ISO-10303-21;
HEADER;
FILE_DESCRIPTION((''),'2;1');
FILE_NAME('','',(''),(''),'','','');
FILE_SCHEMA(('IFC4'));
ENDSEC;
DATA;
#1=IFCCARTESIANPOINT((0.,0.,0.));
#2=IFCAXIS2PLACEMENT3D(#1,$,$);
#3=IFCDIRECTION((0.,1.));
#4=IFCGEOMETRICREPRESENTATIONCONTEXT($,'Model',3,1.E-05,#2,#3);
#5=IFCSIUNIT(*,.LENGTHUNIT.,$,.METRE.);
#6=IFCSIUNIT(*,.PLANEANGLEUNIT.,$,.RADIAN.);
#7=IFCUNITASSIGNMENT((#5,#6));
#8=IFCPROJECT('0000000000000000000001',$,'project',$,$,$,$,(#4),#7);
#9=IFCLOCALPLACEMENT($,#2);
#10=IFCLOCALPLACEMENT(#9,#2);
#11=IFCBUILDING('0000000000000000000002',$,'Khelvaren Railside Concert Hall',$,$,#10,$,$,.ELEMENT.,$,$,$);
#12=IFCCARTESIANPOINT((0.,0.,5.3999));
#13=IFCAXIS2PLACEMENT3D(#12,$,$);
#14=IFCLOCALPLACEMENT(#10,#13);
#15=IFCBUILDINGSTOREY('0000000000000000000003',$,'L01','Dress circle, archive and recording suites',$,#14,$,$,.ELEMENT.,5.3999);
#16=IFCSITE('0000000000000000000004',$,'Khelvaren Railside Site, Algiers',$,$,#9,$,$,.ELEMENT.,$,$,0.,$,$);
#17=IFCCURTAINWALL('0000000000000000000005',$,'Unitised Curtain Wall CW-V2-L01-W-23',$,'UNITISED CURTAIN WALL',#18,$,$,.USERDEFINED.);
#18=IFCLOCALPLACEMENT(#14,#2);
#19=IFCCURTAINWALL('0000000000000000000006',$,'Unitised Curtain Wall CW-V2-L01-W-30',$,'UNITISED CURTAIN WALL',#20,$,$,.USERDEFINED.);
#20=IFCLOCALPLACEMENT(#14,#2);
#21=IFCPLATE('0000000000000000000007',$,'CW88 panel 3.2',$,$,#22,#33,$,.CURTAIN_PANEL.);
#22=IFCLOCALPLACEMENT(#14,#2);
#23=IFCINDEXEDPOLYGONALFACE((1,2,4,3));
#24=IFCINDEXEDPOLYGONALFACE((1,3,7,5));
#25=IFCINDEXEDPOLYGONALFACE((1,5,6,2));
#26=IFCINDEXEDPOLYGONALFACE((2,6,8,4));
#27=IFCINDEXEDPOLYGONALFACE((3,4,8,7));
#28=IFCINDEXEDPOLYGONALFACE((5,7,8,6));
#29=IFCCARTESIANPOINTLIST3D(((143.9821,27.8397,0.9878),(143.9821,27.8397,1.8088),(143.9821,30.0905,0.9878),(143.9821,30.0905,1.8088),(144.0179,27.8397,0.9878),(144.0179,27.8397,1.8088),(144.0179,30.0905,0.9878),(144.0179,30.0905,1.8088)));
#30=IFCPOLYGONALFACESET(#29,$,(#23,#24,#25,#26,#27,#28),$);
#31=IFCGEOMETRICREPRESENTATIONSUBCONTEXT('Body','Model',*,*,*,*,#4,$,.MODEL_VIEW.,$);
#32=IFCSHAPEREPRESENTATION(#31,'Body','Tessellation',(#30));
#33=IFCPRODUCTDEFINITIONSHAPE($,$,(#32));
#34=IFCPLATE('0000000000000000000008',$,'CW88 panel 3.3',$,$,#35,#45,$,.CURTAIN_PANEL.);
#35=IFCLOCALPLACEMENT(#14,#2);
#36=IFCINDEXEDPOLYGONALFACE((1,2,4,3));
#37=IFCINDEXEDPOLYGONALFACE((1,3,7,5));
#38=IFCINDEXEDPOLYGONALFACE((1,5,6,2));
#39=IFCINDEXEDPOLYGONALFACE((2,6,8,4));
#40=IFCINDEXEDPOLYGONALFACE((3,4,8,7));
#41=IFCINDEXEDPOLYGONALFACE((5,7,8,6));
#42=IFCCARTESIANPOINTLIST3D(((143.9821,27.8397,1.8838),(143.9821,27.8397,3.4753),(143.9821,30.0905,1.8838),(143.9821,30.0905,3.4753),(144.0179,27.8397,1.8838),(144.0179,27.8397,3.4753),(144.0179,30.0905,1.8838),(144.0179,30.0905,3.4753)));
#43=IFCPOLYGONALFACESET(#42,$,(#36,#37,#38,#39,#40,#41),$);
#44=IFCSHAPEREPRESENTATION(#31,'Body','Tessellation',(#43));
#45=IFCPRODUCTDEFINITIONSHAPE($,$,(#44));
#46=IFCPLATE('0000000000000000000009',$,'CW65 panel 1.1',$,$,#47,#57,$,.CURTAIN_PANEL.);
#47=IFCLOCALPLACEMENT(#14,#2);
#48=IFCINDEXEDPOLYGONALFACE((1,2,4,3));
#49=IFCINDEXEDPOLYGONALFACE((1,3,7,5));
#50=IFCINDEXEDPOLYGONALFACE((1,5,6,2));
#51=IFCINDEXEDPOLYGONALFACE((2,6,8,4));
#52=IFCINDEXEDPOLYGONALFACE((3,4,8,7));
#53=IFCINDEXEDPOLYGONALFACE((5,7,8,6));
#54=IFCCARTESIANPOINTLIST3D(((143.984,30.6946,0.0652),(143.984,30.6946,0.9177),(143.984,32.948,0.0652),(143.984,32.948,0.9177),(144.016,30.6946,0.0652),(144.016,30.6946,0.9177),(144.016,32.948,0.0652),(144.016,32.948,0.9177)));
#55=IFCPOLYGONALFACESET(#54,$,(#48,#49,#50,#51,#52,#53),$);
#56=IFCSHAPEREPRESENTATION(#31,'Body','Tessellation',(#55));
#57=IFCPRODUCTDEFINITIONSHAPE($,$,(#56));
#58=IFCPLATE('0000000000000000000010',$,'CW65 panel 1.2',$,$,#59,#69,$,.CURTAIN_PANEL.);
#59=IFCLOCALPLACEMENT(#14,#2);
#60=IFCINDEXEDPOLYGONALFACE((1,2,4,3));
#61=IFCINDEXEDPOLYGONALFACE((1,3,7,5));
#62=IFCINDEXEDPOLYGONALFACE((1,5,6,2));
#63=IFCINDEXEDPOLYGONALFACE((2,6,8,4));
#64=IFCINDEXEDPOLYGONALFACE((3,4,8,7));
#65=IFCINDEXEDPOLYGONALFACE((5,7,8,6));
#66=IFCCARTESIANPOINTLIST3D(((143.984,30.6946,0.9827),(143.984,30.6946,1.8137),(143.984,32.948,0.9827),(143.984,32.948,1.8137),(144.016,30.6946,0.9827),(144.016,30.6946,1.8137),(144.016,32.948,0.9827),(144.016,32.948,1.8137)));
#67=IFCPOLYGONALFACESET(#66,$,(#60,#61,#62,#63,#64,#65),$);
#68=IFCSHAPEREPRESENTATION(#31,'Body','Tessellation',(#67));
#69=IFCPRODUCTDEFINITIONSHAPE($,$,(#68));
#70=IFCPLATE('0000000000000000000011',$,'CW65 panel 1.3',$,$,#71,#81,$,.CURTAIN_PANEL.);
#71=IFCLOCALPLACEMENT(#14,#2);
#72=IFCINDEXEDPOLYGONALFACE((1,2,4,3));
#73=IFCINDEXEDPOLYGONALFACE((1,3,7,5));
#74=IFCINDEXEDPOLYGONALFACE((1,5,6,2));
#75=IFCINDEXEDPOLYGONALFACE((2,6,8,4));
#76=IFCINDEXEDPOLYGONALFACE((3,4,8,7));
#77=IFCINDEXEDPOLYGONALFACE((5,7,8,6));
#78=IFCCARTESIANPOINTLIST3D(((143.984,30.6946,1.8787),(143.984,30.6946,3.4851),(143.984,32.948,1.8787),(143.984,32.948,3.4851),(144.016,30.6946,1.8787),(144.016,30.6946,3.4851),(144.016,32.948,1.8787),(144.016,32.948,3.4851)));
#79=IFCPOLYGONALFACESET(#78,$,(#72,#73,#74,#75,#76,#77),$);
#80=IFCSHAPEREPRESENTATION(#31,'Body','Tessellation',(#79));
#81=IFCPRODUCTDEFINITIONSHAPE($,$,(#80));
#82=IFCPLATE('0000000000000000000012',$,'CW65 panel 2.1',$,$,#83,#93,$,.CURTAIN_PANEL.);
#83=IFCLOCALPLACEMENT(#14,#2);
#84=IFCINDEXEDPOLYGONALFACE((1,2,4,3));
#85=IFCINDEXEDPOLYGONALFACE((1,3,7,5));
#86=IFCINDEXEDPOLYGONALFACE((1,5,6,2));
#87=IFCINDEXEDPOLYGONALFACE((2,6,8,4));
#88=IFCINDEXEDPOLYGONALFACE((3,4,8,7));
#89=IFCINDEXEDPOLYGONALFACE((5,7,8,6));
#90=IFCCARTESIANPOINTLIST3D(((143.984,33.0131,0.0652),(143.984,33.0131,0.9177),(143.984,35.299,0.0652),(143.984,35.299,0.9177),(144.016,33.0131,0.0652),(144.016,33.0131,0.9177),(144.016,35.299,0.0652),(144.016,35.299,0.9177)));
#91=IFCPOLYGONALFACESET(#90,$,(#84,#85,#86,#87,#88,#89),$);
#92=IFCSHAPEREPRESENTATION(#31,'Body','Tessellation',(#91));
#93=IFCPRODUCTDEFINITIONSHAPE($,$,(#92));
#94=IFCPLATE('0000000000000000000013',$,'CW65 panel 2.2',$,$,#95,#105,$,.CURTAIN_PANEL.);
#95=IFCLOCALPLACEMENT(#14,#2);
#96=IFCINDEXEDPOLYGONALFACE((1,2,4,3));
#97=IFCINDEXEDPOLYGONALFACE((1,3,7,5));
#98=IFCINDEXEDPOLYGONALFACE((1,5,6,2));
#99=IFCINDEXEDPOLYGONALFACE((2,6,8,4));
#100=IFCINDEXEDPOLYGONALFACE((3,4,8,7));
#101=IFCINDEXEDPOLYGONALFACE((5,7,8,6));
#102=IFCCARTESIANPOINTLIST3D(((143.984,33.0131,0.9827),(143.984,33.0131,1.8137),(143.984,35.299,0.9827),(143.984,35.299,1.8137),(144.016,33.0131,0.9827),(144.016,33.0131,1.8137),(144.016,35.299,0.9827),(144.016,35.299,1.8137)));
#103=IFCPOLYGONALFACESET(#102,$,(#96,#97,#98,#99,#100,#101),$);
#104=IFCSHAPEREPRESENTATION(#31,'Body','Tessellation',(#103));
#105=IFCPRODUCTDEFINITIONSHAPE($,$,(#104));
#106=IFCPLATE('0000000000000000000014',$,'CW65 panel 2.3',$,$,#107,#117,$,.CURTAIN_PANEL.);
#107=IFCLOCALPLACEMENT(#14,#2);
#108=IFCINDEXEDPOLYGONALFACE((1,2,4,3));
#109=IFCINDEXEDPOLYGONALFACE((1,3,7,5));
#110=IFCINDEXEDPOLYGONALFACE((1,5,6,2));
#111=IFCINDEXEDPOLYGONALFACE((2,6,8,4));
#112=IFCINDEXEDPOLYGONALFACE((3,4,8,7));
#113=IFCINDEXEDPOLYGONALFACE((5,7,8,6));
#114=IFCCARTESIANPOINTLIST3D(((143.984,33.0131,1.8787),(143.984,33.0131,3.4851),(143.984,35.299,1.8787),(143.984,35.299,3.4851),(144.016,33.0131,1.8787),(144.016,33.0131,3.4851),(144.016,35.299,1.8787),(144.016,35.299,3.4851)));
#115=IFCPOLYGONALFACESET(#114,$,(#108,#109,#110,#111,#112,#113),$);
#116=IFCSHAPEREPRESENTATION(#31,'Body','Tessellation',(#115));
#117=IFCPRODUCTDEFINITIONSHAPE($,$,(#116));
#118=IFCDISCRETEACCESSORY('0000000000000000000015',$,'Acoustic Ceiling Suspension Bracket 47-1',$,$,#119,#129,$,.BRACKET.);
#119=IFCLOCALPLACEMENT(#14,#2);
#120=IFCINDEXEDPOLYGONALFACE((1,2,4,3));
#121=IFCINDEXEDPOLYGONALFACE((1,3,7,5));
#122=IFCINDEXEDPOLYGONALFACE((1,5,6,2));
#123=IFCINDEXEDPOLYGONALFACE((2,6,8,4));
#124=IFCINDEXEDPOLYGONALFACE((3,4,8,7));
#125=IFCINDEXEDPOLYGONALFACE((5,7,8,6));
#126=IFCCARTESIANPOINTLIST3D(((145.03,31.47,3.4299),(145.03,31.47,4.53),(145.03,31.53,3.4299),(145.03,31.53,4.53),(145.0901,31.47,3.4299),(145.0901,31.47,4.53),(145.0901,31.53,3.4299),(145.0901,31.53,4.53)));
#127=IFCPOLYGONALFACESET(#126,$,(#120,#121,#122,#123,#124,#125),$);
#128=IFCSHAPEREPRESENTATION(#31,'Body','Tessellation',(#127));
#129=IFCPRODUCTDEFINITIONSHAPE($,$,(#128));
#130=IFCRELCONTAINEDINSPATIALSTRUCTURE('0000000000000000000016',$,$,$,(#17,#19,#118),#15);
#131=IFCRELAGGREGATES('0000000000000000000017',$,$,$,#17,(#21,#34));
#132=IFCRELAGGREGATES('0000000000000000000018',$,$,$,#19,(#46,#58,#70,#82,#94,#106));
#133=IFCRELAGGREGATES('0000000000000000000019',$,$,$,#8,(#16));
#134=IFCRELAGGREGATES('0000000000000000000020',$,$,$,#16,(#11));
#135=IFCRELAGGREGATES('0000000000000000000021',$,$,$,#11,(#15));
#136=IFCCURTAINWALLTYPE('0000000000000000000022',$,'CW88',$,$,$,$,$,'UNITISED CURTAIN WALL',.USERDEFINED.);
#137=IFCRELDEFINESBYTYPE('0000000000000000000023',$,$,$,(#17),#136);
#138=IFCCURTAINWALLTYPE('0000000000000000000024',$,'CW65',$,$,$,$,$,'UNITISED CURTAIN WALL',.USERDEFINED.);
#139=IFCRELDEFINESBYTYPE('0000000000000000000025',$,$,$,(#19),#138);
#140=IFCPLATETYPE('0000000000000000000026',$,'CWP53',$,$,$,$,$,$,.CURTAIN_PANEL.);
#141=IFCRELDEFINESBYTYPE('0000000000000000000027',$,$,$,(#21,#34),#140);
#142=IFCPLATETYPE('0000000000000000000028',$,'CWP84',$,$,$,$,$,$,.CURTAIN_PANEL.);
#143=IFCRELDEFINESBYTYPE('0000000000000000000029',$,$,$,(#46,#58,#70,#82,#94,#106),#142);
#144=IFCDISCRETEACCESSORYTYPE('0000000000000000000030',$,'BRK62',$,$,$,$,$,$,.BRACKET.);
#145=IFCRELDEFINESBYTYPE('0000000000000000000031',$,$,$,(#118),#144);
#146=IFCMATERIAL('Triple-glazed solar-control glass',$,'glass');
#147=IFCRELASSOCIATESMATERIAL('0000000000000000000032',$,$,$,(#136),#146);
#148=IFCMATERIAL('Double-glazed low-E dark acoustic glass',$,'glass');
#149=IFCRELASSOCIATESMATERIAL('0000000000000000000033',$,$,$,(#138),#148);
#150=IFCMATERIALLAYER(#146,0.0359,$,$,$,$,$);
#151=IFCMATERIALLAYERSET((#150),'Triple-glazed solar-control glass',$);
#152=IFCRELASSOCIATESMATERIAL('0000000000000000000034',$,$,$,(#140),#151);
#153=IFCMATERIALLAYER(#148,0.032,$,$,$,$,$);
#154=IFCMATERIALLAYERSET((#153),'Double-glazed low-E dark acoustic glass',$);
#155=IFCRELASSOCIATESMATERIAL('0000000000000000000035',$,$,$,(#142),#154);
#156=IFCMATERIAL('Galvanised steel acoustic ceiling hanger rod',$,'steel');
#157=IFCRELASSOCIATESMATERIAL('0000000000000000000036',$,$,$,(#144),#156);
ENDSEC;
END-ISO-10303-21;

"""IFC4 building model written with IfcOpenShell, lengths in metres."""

from ifc_helpers import new_model, si_unit, direction, frame, origin, origin_2d, place, context, subcontext, project, spatial, rectangle, extrude, material, layer, layer_set, type_object, element, aggregate, save


model = new_model("IFC4")

# Units and contexts
model_context = context("Model", 3, precision=1e-05, world=origin(), true_north=direction((0.0, 1.0)))
body_context = subcontext(model_context, "Body", "Model", "MODEL_VIEW")
ifc_project = project(units=[si_unit("LENGTHUNIT", "METRE"), si_unit("PLANEANGLEUNIT", "RADIAN")], contexts=[model_context])

# Site, building, storey
site_placement = place(None, origin())
site = spatial("IfcSite", under=ifc_project, at=site_placement, Name="Khelvaren Railside Site, Algiers", CompositionType="ELEMENT", RefElevation=0.0)
building_placement = place(site_placement, origin())
building = spatial("IfcBuilding", under=site, at=building_placement, Name="Khelvaren Railside Concert Hall", CompositionType="ELEMENT")
storey_placement = place(building_placement, frame((0.0, 0.0, 5.3999)))
storey = spatial("IfcBuildingStorey", under=building, at=storey_placement, Name="L01", Description="Dress circle, archive and recording suites", CompositionType="ELEMENT", Elevation=5.3999)

# Curtain wall
ifc_material_1 = material(Name="Triple-glazed solar-control glass", Category="glass")
curtain_wall_type_1 = type_object("IfcCurtainWallType", Name="CW88", ElementType="UNITISED CURTAIN WALL", PredefinedType="USERDEFINED", material=ifc_material_1)
curtain_wall_1_placement = place(storey_placement, origin())
curtain_wall_1 = element("IfcCurtainWall", 1, at=curtain_wall_1_placement, inside=storey, type_object=curtain_wall_type_1, Name="Unitised Curtain Wall CW-V2-L01-W-23", ObjectType="UNITISED CURTAIN WALL", PredefinedType="USERDEFINED")

# Curtain wall
ifc_material_2 = material(Name="Double-glazed low-E dark acoustic glass", Category="glass")
curtain_wall_type_2 = type_object("IfcCurtainWallType", Name="CW65", ElementType="UNITISED CURTAIN WALL", PredefinedType="USERDEFINED", material=ifc_material_2)
curtain_wall_2_placement = place(storey_placement, origin())
curtain_wall_2 = element("IfcCurtainWall", 2, at=curtain_wall_2_placement, inside=storey, type_object=curtain_wall_type_2, Name="Unitised Curtain Wall CW-V2-L01-W-30", ObjectType="UNITISED CURTAIN WALL", PredefinedType="USERDEFINED")

# Plates
ifc_layer_1 = layer(ifc_material_1, 0.0359)
ifc_layer_set_1 = layer_set([ifc_layer_1], Name="Triple-glazed solar-control glass")
plate_type_1 = type_object("IfcPlateType", Name="CWP53", PredefinedType="CURTAIN_PANEL", material=ifc_layer_set_1)
plate_1_placement = place(storey_placement, frame((144.0, 28.9651, 0.9878), z_axis=(0.0, 0.0, 1.0), x_axis=(0.0, 1.0, 0.0)))
plate_1 = element("IfcPlate", 3, at=plate_1_placement, type_object=plate_type_1, Name="CW88 panel 3.2", PredefinedType="CURTAIN_PANEL", context=body_context, shape_type="SweptSolid", body=[
    extrude(rectangle(XDim=2.2507, YDim=0.0359, at=origin_2d()), origin(), (0.0, 0.0, 1.0), 0.821),
])
plate_2_placement = place(storey_placement, frame((144.0, 28.9651, 1.8838), z_axis=(0.0, 0.0, 1.0), x_axis=(0.0, 1.0, 0.0)))
plate_2 = element("IfcPlate", 4, at=plate_2_placement, type_object=plate_type_1, Name="CW88 panel 3.3", PredefinedType="CURTAIN_PANEL", context=body_context, shape_type="SweptSolid", body=[
    extrude(rectangle(XDim=2.2507, YDim=0.0359, at=origin_2d()), origin(), (0.0, 0.0, 1.0), 1.5916),
])
aggregate(curtain_wall_1, [plate_1, plate_2])
ifc_layer_2 = layer(ifc_material_2, 0.032)
ifc_layer_set_2 = layer_set([ifc_layer_2], Name="Double-glazed low-E dark acoustic glass")
plate_type_2 = type_object("IfcPlateType", Name="CWP84", PredefinedType="CURTAIN_PANEL", material=ifc_layer_set_2)
plate_3_placement = place(storey_placement, frame((144.0, 31.8213, 0.0652), z_axis=(0.0, 0.0, 1.0), x_axis=(0.0, 1.0, 0.0)))
plate_3 = element("IfcPlate", 5, at=plate_3_placement, type_object=plate_type_2, Name="CW65 panel 1.1", PredefinedType="CURTAIN_PANEL", context=body_context, shape_type="SweptSolid", body=[
    extrude(rectangle(XDim=2.2534, YDim=0.032, at=origin_2d()), origin(), (0.0, 0.0, 1.0), 0.8525),
])
plate_4_placement = place(storey_placement, frame((144.0, 31.8213, 0.9827), z_axis=(0.0, 0.0, 1.0), x_axis=(0.0, 1.0, 0.0)))
plate_4 = element("IfcPlate", 6, at=plate_4_placement, type_object=plate_type_2, Name="CW65 panel 1.2", PredefinedType="CURTAIN_PANEL", context=body_context, shape_type="SweptSolid", body=[
    extrude(rectangle(XDim=2.2534, YDim=0.032, at=origin_2d()), origin(), (0.0, 0.0, 1.0), 0.8311),
])
plate_5_placement = place(storey_placement, frame((144.0, 31.8213, 1.8787), z_axis=(0.0, 0.0, 1.0), x_axis=(0.0, 1.0, 0.0)))
plate_5 = element("IfcPlate", 7, at=plate_5_placement, type_object=plate_type_2, Name="CW65 panel 1.3", PredefinedType="CURTAIN_PANEL", context=body_context, shape_type="SweptSolid", body=[
    extrude(rectangle(XDim=2.2534, YDim=0.032, at=origin_2d()), origin(), (0.0, 0.0, 1.0), 1.6064),
])
plate_6_placement = place(storey_placement, frame((144.0, 34.156, 0.0652), z_axis=(0.0, 0.0, 1.0), x_axis=(0.0, 1.0, 0.0)))
plate_6 = element("IfcPlate", 8, at=plate_6_placement, type_object=plate_type_2, Name="CW65 panel 2.1", PredefinedType="CURTAIN_PANEL", context=body_context, shape_type="SweptSolid", body=[
    extrude(rectangle(XDim=2.2859, YDim=0.032, at=origin_2d()), origin(), (0.0, 0.0, 1.0), 0.8525),
])
plate_7_placement = place(storey_placement, frame((144.0, 34.156, 0.9827), z_axis=(0.0, 0.0, 1.0), x_axis=(0.0, 1.0, 0.0)))
plate_7 = element("IfcPlate", 9, at=plate_7_placement, type_object=plate_type_2, Name="CW65 panel 2.2", PredefinedType="CURTAIN_PANEL", context=body_context, shape_type="SweptSolid", body=[
    extrude(rectangle(XDim=2.2859, YDim=0.032, at=origin_2d()), origin(), (0.0, 0.0, 1.0), 0.8311),
])
plate_8_placement = place(storey_placement, frame((144.0, 34.156, 1.8787), z_axis=(0.0, 0.0, 1.0), x_axis=(0.0, 1.0, 0.0)))
plate_8 = element("IfcPlate", 10, at=plate_8_placement, type_object=plate_type_2, Name="CW65 panel 2.3", PredefinedType="CURTAIN_PANEL", context=body_context, shape_type="SweptSolid", body=[
    extrude(rectangle(XDim=2.2859, YDim=0.032, at=origin_2d()), origin(), (0.0, 0.0, 1.0), 1.6064),
])
aggregate(curtain_wall_2, [plate_3, plate_4, plate_5, plate_6, plate_7, plate_8])

# Discrete accessory
ifc_material_3 = material(Name="Galvanised steel acoustic ceiling hanger rod", Category="steel")
discrete_accessory_type = type_object("IfcDiscreteAccessoryType", Name="BRK62", PredefinedType="BRACKET", material=ifc_material_3)
discrete_accessory_placement = place(storey_placement, frame((145.0601, 31.5, 3.4299), z_axis=(0.0, 0.0, 1.0), x_axis=(1.0, 0.0, 0.0)))
element("IfcDiscreteAccessory", 11, at=discrete_accessory_placement, inside=storey, type_object=discrete_accessory_type, Name="Acoustic Ceiling Suspension Bracket 47-1", PredefinedType="BRACKET", context=body_context, shape_type="SweptSolid", body=[
    extrude(rectangle(XDim=0.0601, YDim=0.0601, at=origin_2d()), origin(), (0.0, 0.0, 1.0), 1.1001),
])

save(model, "model.ifc")
